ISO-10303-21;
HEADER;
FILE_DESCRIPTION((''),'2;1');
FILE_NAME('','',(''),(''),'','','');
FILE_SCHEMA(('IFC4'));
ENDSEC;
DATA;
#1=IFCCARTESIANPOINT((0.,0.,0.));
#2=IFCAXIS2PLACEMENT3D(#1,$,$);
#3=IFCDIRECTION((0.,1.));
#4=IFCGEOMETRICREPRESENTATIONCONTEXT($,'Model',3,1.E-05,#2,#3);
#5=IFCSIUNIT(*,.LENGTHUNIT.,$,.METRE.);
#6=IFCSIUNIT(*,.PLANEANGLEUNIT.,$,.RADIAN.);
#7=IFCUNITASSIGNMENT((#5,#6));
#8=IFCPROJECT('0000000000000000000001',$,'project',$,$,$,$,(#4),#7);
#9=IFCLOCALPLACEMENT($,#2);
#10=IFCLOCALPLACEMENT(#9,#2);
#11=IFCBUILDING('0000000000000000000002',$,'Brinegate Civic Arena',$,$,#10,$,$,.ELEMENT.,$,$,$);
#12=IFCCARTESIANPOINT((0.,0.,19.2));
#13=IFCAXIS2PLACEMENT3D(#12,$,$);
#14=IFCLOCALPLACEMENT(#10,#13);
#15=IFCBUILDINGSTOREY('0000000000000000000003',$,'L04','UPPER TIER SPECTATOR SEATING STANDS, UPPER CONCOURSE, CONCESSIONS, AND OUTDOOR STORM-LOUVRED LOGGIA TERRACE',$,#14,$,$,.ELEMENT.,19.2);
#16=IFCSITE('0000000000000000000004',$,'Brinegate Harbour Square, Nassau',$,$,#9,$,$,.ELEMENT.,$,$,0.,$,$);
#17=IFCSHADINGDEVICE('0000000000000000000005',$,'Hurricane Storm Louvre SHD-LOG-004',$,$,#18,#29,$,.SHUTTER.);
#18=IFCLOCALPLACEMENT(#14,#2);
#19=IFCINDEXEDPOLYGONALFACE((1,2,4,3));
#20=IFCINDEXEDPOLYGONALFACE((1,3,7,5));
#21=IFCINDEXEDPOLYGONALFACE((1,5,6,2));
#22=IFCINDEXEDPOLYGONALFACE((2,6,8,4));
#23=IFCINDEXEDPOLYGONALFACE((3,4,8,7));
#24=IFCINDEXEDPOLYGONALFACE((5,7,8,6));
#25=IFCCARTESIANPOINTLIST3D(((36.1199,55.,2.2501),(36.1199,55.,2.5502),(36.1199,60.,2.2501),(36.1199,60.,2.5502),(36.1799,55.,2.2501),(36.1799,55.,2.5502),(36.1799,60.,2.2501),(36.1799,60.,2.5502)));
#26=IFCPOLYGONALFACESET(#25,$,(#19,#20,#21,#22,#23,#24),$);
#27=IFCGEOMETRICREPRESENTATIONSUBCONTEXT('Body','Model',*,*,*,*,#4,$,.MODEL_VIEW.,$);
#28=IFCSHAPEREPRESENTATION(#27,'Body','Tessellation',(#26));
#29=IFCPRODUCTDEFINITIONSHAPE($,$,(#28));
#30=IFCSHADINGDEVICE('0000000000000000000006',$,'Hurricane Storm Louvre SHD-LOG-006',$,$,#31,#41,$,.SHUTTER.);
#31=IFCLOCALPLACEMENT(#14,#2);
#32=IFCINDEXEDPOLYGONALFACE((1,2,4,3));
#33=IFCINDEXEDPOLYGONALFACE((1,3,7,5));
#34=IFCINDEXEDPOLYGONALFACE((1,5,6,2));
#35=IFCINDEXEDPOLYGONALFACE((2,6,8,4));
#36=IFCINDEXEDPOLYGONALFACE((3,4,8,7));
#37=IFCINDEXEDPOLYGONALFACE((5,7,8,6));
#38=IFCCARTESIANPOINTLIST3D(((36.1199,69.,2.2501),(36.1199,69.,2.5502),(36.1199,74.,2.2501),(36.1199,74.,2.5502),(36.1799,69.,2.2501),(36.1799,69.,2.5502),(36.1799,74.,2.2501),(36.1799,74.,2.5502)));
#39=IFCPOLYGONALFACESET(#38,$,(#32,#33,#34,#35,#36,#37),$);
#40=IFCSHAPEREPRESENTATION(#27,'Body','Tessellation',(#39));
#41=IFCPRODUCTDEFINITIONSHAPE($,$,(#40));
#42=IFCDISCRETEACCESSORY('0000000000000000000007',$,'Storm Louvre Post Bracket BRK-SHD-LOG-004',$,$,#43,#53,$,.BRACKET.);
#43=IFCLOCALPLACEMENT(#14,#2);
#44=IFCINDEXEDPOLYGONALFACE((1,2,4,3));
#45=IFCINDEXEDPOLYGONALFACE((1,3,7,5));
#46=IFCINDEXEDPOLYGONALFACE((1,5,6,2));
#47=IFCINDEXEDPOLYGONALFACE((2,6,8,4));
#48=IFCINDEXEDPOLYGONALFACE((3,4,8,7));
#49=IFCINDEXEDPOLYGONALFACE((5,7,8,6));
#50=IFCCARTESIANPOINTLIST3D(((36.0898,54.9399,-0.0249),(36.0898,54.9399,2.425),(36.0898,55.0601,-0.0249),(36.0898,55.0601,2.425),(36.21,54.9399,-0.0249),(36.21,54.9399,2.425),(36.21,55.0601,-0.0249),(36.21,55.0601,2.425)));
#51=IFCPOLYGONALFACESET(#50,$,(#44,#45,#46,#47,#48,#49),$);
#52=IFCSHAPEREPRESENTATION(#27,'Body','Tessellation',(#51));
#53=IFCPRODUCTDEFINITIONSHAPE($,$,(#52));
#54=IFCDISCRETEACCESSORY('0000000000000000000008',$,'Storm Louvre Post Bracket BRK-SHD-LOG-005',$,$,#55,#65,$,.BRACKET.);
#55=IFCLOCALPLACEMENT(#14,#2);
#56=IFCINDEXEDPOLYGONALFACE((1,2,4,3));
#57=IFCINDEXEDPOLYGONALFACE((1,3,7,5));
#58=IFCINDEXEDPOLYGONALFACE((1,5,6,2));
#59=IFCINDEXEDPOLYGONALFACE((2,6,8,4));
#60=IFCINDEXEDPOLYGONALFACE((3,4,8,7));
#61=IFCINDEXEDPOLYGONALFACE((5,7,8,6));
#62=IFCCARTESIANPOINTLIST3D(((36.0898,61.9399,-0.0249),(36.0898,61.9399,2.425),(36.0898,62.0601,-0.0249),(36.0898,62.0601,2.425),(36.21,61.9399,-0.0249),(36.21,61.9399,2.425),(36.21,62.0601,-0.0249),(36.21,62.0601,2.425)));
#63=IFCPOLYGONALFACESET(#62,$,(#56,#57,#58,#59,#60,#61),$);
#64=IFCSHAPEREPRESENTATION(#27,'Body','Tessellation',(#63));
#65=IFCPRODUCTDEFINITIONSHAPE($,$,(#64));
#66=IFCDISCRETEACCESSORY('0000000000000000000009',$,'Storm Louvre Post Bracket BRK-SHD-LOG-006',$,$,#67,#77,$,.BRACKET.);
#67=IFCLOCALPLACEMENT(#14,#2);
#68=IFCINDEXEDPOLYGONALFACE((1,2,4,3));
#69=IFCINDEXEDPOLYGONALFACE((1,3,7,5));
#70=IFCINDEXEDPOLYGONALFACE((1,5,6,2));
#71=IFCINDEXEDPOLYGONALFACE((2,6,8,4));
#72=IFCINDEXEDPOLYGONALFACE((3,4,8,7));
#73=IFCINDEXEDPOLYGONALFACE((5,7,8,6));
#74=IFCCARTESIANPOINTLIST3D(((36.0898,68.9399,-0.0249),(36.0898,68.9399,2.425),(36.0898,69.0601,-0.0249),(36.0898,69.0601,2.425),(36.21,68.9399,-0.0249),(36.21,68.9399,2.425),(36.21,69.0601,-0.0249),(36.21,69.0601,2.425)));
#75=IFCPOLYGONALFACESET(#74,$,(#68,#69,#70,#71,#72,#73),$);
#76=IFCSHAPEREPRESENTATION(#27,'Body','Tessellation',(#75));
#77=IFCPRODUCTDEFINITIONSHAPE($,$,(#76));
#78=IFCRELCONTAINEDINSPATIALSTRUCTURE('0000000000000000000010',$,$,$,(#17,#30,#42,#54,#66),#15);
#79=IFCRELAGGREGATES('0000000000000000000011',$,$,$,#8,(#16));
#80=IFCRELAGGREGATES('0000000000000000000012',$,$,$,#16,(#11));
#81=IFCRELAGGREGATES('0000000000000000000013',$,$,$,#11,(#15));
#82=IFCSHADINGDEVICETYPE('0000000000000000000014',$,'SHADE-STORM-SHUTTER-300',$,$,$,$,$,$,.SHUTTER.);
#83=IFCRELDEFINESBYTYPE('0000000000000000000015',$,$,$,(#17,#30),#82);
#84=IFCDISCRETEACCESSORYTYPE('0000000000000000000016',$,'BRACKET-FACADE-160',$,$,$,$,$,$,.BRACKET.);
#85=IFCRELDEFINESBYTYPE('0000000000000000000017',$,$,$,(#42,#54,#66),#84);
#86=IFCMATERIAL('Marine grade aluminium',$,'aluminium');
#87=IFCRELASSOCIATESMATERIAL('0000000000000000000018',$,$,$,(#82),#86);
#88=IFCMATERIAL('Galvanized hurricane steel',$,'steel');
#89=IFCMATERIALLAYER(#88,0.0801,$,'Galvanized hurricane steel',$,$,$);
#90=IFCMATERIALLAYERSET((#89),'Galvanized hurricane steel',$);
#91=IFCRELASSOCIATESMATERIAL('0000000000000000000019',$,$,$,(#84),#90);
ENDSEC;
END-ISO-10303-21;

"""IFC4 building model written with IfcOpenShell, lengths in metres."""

from ifc_helpers import new_model, si_unit, direction, frame, origin, origin_2d, place, context, subcontext, project, spatial, rectangle, extrude, material, layer, layer_set, material_profile, profile_set, type_object, element, save


model = new_model("IFC4")

# Units and contexts
model_context = context("Model", 3, precision=1e-05, world=origin(), true_north=direction((0.0, 1.0)))
body_context = subcontext(model_context, "Body", "Model", "MODEL_VIEW")
ifc_project = project(units=[si_unit("LENGTHUNIT", "METRE"), si_unit("PLANEANGLEUNIT", "RADIAN")], contexts=[model_context])

# Site, building, storey
site_placement = place(None, origin())
site = spatial("IfcSite", under=ifc_project, at=site_placement, Name="Brinegate Harbour Square, Nassau", CompositionType="ELEMENT", RefElevation=0.0)
building_placement = place(site_placement, origin())
building = spatial("IfcBuilding", under=site, at=building_placement, Name="Brinegate Civic Arena", CompositionType="ELEMENT")
storey_placement = place(building_placement, frame((0.0, 0.0, 19.2)))
storey = spatial("IfcBuildingStorey", under=building, at=storey_placement, Name="L04", Description="UPPER TIER SPECTATOR SEATING STANDS, UPPER CONCOURSE, CONCESSIONS, AND OUTDOOR STORM-LOUVRED LOGGIA TERRACE", CompositionType="ELEMENT", Elevation=19.2)

# Shared definitions
ifc_material_1 = material(Name="Marine grade aluminium", Category="aluminium")

# Shading devices
ifc_material_profile_1 = material_profile(ifc_material_1, rectangle(XDim=0.0601, YDim=0.3, at=origin_2d()), Name="LVR60X300")
ifc_profile_set_1 = profile_set([ifc_material_profile_1], Name="Marine grade aluminium")
shading_device_type_1 = type_object("IfcShadingDeviceType", Name="SHADE-STORM-SHUTTER-300", PredefinedType="SHUTTER", material=ifc_profile_set_1)
for number, where, z_axis, x_axis, name in (
    (1, (36.1499, 55.0, 2.4001), (0.0, 1.0, 0.0), (-1.0, 0.0, 0.0), "Hurricane Storm Louvre SHD-LOG-004"),
    (2, (36.1499, 69.0, 2.4001), (0.0, 1.0, 0.0), (-1.0, 0.0, 0.0), "Hurricane Storm Louvre SHD-LOG-006"),
):
    element("IfcShadingDevice", number, at=place(storey_placement, frame(where, z_axis=z_axis, x_axis=x_axis)), inside=storey, type_object=shading_device_type_1, Name=name, PredefinedType="SHUTTER", context=body_context, shape_type="SweptSolid", body=[
        extrude(rectangle(XDim=0.0601, YDim=0.3, at=origin_2d()), origin(), (0.0, 0.0, 1.0), 5.0),
    ])

# Discrete accessories
ifc_material_2 = material(Name="Galvanized hurricane steel", Category="steel")
ifc_layer_1 = layer(ifc_material_2, 0.0801, Name="Galvanized hurricane steel")
ifc_layer_set_1 = layer_set([ifc_layer_1], Name="Galvanized hurricane steel")
discrete_accessory_type = type_object("IfcDiscreteAccessoryType", Name="BRACKET-FACADE-160", PredefinedType="BRACKET", material=ifc_layer_set_1)
for number, where, z_axis, x_axis, name in (
    (3, (36.1499, 55.0, -0.0249), (0.0, 0.0, 1.0), (1.0, 0.0, 0.0), "Storm Louvre Post Bracket BRK-SHD-LOG-004"),
    (4, (36.1499, 62.0, -0.0249), (0.0, 0.0, 1.0), (1.0, 0.0, 0.0), "Storm Louvre Post Bracket BRK-SHD-LOG-005"),
    (5, (36.1499, 69.0, -0.0249), (0.0, 0.0, 1.0), (1.0, 0.0, 0.0), "Storm Louvre Post Bracket BRK-SHD-LOG-006"),
):
    element("IfcDiscreteAccessory", number, at=place(storey_placement, frame(where, z_axis=z_axis, x_axis=x_axis)), inside=storey, type_object=discrete_accessory_type, Name=name, PredefinedType="BRACKET", context=body_context, shape_type="SweptSolid", body=[
        extrude(rectangle(XDim=0.1201, YDim=0.1201, at=origin_2d()), origin(), (0.0, 0.0, 1.0), 2.45),
    ])

save(model, "model.ifc")
